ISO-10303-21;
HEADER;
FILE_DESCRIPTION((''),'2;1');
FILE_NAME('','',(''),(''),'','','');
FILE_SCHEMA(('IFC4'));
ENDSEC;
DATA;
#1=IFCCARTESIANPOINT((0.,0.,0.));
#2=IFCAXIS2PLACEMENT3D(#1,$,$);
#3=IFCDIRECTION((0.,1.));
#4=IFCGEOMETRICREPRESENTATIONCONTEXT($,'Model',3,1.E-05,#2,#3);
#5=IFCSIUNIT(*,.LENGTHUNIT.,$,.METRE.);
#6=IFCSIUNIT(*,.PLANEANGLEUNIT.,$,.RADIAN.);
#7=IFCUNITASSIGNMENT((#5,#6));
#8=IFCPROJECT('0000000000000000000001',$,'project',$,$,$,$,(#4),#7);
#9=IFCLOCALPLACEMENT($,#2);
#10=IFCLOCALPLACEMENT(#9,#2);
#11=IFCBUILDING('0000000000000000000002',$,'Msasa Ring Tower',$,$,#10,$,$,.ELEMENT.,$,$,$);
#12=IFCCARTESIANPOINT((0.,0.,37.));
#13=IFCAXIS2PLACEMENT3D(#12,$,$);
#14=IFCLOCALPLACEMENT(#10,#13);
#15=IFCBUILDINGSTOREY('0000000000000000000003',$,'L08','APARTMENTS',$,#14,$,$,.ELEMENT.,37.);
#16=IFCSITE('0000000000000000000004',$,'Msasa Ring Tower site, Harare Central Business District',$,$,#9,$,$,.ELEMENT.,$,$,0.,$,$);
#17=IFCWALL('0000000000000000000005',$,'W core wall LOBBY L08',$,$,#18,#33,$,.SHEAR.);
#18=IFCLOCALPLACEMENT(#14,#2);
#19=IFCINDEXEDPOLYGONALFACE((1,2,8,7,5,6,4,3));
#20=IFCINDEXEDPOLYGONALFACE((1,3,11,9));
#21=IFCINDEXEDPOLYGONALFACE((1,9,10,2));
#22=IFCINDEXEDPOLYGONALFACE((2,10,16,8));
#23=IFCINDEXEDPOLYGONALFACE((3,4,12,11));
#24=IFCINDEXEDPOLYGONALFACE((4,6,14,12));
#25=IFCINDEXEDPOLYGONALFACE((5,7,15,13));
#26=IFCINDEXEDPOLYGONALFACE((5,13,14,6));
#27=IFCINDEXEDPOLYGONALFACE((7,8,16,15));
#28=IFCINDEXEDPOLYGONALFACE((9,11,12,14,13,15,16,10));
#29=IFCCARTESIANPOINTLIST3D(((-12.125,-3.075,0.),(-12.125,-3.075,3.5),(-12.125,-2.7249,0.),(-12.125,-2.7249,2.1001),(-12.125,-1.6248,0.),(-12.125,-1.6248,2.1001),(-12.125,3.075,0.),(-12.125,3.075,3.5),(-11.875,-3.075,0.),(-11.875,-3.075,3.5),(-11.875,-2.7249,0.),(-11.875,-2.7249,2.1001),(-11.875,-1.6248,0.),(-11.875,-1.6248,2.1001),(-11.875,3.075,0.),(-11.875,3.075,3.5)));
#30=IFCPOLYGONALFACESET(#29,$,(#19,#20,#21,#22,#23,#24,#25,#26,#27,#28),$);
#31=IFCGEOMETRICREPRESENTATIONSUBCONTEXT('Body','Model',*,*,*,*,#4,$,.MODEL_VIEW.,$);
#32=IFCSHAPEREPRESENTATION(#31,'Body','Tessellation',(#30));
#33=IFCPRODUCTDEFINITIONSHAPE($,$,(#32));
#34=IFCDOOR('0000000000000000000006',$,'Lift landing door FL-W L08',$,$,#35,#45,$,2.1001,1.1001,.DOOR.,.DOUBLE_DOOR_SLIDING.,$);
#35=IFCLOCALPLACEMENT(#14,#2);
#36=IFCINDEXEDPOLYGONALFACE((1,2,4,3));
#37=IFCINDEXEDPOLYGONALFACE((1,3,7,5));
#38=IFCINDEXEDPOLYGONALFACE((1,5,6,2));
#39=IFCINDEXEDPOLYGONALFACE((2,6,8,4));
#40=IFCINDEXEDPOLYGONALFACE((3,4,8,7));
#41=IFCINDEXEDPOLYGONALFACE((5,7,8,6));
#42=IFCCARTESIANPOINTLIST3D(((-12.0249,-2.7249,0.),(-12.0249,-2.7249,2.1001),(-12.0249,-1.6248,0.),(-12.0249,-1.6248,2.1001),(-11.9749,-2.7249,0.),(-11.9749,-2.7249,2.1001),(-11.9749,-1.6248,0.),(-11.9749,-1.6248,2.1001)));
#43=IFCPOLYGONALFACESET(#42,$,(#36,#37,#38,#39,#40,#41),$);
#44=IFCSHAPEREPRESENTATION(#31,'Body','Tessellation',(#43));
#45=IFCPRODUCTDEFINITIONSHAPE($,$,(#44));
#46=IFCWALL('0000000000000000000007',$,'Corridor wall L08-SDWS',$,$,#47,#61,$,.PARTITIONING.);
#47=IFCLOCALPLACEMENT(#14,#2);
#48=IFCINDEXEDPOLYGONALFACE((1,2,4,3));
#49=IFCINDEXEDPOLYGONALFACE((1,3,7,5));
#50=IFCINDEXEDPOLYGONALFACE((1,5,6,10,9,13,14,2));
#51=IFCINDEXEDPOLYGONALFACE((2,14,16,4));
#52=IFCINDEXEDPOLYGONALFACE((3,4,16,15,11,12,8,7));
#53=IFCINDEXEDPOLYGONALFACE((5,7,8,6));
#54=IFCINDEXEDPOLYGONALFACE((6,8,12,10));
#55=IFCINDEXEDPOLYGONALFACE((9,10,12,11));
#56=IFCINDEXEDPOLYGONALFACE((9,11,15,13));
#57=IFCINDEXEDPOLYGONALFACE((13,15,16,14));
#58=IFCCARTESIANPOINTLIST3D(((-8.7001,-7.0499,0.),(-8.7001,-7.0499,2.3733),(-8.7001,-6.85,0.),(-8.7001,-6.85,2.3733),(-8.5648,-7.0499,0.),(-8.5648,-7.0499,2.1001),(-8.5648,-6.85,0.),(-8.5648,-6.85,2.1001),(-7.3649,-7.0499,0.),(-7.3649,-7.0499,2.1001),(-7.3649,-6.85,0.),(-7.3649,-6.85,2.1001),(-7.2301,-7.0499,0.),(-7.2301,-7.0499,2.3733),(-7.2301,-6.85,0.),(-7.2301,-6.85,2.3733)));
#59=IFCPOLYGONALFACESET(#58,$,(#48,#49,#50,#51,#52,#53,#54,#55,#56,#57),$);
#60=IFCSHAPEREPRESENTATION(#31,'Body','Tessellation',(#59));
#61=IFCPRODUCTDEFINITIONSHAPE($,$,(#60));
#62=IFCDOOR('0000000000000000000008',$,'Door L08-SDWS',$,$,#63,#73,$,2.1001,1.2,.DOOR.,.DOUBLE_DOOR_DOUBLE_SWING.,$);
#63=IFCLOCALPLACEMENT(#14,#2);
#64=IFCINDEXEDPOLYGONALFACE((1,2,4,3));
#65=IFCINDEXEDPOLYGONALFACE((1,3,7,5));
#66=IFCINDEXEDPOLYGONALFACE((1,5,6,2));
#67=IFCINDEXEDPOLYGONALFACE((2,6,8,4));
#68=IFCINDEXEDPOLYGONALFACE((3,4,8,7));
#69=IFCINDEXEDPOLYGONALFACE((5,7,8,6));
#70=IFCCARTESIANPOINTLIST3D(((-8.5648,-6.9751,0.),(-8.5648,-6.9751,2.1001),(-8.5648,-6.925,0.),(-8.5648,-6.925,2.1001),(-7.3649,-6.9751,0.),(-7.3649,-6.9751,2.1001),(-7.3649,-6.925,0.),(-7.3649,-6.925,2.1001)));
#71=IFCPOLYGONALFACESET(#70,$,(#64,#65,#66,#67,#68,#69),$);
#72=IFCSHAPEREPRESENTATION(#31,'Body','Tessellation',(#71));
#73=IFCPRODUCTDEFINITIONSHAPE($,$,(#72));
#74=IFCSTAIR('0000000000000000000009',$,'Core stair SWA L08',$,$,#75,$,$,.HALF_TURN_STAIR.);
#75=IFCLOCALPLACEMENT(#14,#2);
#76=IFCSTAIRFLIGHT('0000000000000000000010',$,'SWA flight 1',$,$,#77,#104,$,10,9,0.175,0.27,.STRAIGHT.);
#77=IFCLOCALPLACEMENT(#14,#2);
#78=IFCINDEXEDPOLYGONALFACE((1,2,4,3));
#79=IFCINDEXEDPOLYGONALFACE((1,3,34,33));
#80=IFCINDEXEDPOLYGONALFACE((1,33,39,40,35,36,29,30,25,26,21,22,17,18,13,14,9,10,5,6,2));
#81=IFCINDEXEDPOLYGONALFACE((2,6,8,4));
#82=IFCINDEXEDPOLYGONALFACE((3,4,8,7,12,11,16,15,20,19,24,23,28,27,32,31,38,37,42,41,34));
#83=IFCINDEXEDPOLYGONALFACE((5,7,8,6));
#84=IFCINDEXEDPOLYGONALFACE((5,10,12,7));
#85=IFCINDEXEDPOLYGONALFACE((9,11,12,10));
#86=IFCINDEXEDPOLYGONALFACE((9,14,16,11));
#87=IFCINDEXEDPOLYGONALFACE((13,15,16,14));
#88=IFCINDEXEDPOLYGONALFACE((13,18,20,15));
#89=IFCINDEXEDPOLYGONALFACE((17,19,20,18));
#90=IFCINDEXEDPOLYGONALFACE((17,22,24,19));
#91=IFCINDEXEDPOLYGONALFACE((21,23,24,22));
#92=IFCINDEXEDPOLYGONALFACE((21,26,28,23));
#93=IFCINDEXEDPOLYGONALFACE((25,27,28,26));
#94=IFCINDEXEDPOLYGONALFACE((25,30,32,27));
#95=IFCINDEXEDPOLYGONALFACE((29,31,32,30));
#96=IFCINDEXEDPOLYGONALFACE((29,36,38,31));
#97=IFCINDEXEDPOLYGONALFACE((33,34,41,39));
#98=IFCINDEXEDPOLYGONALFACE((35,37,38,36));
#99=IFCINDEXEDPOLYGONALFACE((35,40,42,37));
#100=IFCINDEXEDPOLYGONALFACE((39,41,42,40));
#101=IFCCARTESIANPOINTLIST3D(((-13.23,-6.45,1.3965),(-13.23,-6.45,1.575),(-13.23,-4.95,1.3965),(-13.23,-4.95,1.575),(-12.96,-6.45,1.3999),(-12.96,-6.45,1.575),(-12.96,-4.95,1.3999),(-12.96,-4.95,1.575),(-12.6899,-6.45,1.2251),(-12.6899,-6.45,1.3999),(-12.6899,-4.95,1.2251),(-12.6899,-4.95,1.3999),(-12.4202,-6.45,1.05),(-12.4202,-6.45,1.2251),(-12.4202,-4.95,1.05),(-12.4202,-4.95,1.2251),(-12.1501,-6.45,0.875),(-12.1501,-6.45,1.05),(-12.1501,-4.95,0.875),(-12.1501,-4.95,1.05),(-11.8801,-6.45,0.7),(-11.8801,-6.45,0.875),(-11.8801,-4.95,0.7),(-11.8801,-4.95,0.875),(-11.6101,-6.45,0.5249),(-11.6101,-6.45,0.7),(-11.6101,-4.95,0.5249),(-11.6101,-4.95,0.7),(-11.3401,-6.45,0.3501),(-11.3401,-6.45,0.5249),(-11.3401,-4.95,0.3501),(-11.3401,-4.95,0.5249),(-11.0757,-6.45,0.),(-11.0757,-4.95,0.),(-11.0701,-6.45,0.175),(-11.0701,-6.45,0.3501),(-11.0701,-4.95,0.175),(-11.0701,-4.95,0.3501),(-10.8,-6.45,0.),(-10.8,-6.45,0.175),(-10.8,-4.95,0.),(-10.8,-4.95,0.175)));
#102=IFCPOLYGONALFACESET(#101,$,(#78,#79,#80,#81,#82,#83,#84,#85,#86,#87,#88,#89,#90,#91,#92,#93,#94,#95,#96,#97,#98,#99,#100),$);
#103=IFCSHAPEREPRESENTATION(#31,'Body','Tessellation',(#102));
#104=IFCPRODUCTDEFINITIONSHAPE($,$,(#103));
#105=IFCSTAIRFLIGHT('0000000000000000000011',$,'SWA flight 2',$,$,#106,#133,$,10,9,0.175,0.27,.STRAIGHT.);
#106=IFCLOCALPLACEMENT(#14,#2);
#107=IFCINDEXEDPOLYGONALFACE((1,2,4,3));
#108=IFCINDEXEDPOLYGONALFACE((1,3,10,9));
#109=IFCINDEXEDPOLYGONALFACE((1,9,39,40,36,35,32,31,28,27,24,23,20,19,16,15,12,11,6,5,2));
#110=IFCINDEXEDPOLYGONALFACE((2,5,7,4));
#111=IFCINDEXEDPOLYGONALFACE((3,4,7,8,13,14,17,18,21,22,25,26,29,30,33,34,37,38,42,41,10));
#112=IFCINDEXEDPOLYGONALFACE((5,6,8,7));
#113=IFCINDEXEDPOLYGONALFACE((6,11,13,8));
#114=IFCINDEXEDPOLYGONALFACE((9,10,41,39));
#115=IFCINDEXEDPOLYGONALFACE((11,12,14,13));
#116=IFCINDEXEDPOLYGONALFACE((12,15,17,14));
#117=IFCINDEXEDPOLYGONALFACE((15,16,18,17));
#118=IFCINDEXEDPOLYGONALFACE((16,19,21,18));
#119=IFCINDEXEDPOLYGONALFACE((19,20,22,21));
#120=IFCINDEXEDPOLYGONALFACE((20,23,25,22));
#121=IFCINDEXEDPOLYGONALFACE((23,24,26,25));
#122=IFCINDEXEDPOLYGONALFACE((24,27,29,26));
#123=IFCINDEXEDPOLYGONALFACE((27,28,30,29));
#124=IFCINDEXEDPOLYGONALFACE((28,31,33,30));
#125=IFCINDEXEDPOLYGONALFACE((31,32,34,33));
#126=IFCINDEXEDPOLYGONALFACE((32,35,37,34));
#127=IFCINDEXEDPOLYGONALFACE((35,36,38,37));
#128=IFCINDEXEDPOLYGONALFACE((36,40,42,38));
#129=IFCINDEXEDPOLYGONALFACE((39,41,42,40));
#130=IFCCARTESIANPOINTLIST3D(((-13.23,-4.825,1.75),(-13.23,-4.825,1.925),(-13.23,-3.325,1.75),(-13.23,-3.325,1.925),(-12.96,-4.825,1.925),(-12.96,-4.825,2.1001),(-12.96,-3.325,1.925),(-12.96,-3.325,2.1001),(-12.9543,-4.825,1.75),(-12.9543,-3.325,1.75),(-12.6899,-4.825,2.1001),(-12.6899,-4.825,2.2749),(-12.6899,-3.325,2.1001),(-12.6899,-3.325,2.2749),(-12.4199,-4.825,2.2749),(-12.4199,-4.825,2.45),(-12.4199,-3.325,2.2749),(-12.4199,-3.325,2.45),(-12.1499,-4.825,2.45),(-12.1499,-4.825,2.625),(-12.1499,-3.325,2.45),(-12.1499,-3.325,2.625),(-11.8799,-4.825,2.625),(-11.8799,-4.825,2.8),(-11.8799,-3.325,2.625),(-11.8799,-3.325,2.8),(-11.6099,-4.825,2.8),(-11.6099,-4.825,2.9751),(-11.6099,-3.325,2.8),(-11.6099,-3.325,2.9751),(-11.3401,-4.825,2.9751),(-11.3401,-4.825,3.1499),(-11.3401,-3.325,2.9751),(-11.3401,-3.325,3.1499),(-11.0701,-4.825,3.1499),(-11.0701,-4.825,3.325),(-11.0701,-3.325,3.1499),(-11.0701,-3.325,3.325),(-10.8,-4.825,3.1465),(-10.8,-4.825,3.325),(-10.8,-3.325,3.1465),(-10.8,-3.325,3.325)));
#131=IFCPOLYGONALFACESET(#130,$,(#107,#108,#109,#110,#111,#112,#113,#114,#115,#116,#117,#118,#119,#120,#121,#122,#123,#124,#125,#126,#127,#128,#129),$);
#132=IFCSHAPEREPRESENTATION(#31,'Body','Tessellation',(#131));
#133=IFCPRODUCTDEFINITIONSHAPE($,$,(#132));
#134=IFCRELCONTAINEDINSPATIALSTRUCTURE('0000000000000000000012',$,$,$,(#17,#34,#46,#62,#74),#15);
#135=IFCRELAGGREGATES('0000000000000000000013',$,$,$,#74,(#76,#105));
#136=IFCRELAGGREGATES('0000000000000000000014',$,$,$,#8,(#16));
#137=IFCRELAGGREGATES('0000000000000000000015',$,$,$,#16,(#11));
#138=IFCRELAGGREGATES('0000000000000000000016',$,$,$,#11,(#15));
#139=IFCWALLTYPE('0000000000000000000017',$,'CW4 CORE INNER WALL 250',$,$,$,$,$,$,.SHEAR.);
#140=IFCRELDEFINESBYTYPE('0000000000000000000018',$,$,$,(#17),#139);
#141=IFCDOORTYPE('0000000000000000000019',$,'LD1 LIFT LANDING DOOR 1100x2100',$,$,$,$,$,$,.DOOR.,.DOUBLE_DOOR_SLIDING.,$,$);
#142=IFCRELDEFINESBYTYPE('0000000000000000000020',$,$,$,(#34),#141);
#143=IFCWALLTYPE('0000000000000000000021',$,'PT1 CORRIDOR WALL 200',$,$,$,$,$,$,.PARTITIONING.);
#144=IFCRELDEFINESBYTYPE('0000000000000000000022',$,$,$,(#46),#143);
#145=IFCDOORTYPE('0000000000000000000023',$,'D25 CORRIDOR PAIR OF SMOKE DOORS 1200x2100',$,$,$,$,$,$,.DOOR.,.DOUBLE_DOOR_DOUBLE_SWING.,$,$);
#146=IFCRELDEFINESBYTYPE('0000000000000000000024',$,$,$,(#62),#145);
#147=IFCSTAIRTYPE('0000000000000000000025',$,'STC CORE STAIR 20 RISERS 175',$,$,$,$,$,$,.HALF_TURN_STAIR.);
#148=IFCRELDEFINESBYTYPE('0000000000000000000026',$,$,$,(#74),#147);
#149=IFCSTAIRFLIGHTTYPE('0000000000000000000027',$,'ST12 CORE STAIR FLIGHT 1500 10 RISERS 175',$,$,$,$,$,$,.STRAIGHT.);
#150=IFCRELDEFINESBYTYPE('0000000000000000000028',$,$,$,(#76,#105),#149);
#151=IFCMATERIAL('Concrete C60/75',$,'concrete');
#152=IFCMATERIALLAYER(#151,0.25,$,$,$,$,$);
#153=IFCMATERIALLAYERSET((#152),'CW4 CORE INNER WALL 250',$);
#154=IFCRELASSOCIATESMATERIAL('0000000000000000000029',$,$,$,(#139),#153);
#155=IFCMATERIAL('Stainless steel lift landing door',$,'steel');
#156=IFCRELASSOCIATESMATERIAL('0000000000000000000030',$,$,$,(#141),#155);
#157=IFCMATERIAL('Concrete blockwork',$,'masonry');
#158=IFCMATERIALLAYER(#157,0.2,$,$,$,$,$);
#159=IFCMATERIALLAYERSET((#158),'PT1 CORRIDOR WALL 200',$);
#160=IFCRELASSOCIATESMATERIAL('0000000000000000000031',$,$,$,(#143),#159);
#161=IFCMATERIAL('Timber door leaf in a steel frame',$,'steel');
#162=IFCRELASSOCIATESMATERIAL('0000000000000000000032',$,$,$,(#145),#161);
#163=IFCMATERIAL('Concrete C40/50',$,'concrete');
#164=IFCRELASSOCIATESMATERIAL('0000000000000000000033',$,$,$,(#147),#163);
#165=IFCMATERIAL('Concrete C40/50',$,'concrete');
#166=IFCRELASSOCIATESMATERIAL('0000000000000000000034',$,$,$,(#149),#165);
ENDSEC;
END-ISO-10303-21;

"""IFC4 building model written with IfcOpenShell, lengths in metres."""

from ifc_helpers import new_model, si_unit, direction, frame, frame_2d, origin, place, context, subcontext, project, spatial, polyline, rectangle, outline, extrude, material, layer, layer_set, type_object, element, fill, aggregate, save


model = new_model("IFC4")

# Units and contexts
model_context = context("Model", 3, precision=1e-05, world=origin(), true_north=direction((0.0, 1.0)))
body_context = subcontext(model_context, "Body", "Model", "MODEL_VIEW")
ifc_project = project(units=[si_unit("LENGTHUNIT", "METRE"), si_unit("PLANEANGLEUNIT", "RADIAN")], contexts=[model_context])

# Site, building, storey
site_placement = place(None, origin())
site = spatial("IfcSite", under=ifc_project, at=site_placement, Name="Msasa Ring Tower site, Harare Central Business District", CompositionType="ELEMENT", RefElevation=0.0)
building_placement = place(site_placement, origin())
building = spatial("IfcBuilding", under=site, at=building_placement, Name="Msasa Ring Tower", CompositionType="ELEMENT")
storey_placement = place(building_placement, frame((0.0, 0.0, 37.0)))
storey = spatial("IfcBuildingStorey", under=building, at=storey_placement, Name="L08", Description="APARTMENTS", CompositionType="ELEMENT", Elevation=37.0)

# Walls, openings, doors
ifc_material_1 = material(Name="Concrete C60/75", Category="concrete")
ifc_layer_1 = layer(ifc_material_1, 0.25)
ifc_layer_set_1 = layer_set([ifc_layer_1], Name="CW4 CORE INNER WALL 250")
wall_type_1 = type_object("IfcWallType", Name="CW4 CORE INNER WALL 250", PredefinedType="SHEAR", material=ifc_layer_set_1)
wall_1_placement = place(storey_placement, frame((-12.0, -3.075, 0.0), z_axis=(0.0, 0.0, 1.0), x_axis=(0.0, 1.0, 0.0)))
wall_1 = element("IfcWall", 1, at=wall_1_placement, inside=storey, type_object=wall_type_1, Name="W core wall LOBBY L08", PredefinedType="SHEAR", context=body_context, shape_type="SweptSolid", body=[
    extrude(rectangle(XDim=6.1499, YDim=0.25, at=frame_2d((3.075, 0.0))), origin(), (0.0, 0.0, 1.0), 3.5),
])
opening_1_placement = place(wall_1_placement, frame((0.3501, 0.0, 0.0)))
opening_1 = element("IfcOpeningElement", 2, at=opening_1_placement, cuts=wall_1, PredefinedType="OPENING", context=body_context, shape_type="SweptSolid", body=[
    extrude(rectangle(XDim=1.1001, YDim=2.1001, at=frame_2d((0.55, 1.05))), frame((0.0, 0.135, 0.0), z_axis=(0.0, -1.0, 0.0), x_axis=(1.0, 0.0, 0.0)), (0.0, 0.0, 1.0), 0.27),
])
ifc_material_2 = material(Name="Stainless steel lift landing door", Category="steel")
door_type_1 = type_object("IfcDoorType", Name="LD1 LIFT LANDING DOOR 1100x2100", OperationType="DOUBLE_DOOR_SLIDING", PredefinedType="DOOR", material=ifc_material_2)
door_1_placement = place(opening_1_placement, origin())
door_1 = element("IfcDoor", 3, at=door_1_placement, inside=storey, type_object=door_type_1, Name="Lift landing door FL-W L08", OperationType="DOUBLE_DOOR_SLIDING", OverallHeight=2.1001, OverallWidth=1.1001, PredefinedType="DOOR", context=body_context, shape_type="SweptSolid", body=[
    extrude(rectangle(XDim=1.1001, YDim=2.1001, at=frame_2d((0.55, 1.05))), frame((0.0, 0.0249, 0.0), z_axis=(0.0, -1.0, 0.0), x_axis=(1.0, 0.0, 0.0)), (0.0, 0.0, 1.0), 0.05),
])
fill(opening_1, door_1)
ifc_material_3 = material(Name="Concrete blockwork", Category="masonry")
ifc_layer_2 = layer(ifc_material_3, 0.2)
ifc_layer_set_2 = layer_set([ifc_layer_2], Name="PT1 CORRIDOR WALL 200")
wall_type_2 = type_object("IfcWallType", Name="PT1 CORRIDOR WALL 200", PredefinedType="PARTITIONING", material=ifc_layer_set_2)
wall_2_placement = place(storey_placement, frame((-8.7, -6.95, 0.0), z_axis=(0.0, 0.0, 1.0), x_axis=(1.0, 0.0, 0.0)))
wall_2 = element("IfcWall", 4, at=wall_2_placement, inside=storey, type_object=wall_type_2, Name="Corridor wall L08-SDWS", PredefinedType="PARTITIONING", context=body_context, shape_type="SweptSolid", body=[
    extrude(rectangle(XDim=1.47, YDim=0.2, at=frame_2d((0.7349, 0.0))), origin(), (0.0, 0.0, 1.0), 2.3733),
])
opening_2_placement = place(wall_2_placement, frame((0.135, 0.0, 0.0)))
opening_2 = element("IfcOpeningElement", 5, at=opening_2_placement, cuts=wall_2, PredefinedType="OPENING", context=body_context, shape_type="SweptSolid", body=[
    extrude(rectangle(XDim=1.2, YDim=2.1001, at=frame_2d((0.6001, 1.05))), frame((0.0, 0.1099, 0.0), z_axis=(0.0, -1.0, 0.0), x_axis=(1.0, 0.0, 0.0)), (0.0, 0.0, 1.0), 0.22),
])
ifc_material_4 = material(Name="Timber door leaf in a steel frame", Category="steel")
door_type_2 = type_object("IfcDoorType", Name="D25 CORRIDOR PAIR OF SMOKE DOORS 1200x2100", OperationType="DOUBLE_DOOR_DOUBLE_SWING", PredefinedType="DOOR", material=ifc_material_4)
door_2_placement = place(opening_2_placement, origin())
door_2 = element("IfcDoor", 6, at=door_2_placement, inside=storey, type_object=door_type_2, Name="Door L08-SDWS", OperationType="DOUBLE_DOOR_DOUBLE_SWING", OverallHeight=2.1001, OverallWidth=1.2, PredefinedType="DOOR", context=body_context, shape_type="SweptSolid", body=[
    extrude(rectangle(XDim=1.2, YDim=2.1001, at=frame_2d((0.6001, 1.05))), frame((0.0, 0.0249, 0.0), z_axis=(0.0, -1.0, 0.0), x_axis=(1.0, 0.0, 0.0)), (0.0, 0.0, 1.0), 0.05),
])
fill(opening_2, door_2)

# Stair, stair flights
ifc_material_5 = material(Name="Concrete C40/50", Category="concrete")
stair_type = type_object("IfcStairType", Name="STC CORE STAIR 20 RISERS 175", PredefinedType="HALF_TURN_STAIR", material=ifc_material_5)
stair_placement = place(storey_placement, origin())
stair = element("IfcStair", 7, at=stair_placement, inside=storey, type_object=stair_type, Name="Core stair SWA L08", PredefinedType="HALF_TURN_STAIR")
ifc_material_6 = material(Name="Concrete C40/50", Category="concrete")
stair_flight_type = type_object("IfcStairFlightType", Name="ST12 CORE STAIR FLIGHT 1500 10 RISERS 175", PredefinedType="STRAIGHT", material=ifc_material_6)
stair_flight_1_placement = place(storey_placement, frame((-10.8, -5.7, 0.0), z_axis=(0.0, 0.0, 1.0), x_axis=(-1.0, 0.0, 0.0)))
stair_flight_1 = element("IfcStairFlight", 8, at=stair_flight_1_placement, type_object=stair_flight_type, Name="SWA flight 1", NumberOfRisers=10, NumberOfTreads=9, PredefinedType="STRAIGHT", RiserHeight=0.175, TreadLength=0.27, context=body_context, shape_type="SweptSolid", body=[
    extrude(outline(polyline([(0.0, 0.0), (0.0, 0.175), (0.27, 0.175), (0.27, 0.3501), (0.54, 0.3501), (0.54, 0.5249), (0.8101, 0.5249), (0.8101, 0.7), (1.0801, 0.7), (1.0801, 0.875), (1.3501, 0.875), (1.3501, 1.05), (1.6201, 1.05), (1.6201, 1.2251), (1.8899, 1.2251), (1.8899, 1.3999), (2.1599, 1.3999), (2.1599, 1.575), (2.4299, 1.575), (2.4299, 1.75), (2.4299, 1.3965), (0.2756, 0.0), (0.0, 0.0)])), frame((0.0, 0.75, 0.0), z_axis=(0.0, -1.0, 0.0), x_axis=(1.0, 0.0, 0.0)), (0.0, 0.0, 1.0), 1.5),
])
stair_flight_2_placement = place(storey_placement, frame((-13.23, -4.075, 1.75), z_axis=(0.0, 0.0, 1.0), x_axis=(1.0, 0.0, 0.0)))
stair_flight_2 = element("IfcStairFlight", 9, at=stair_flight_2_placement, type_object=stair_flight_type, Name="SWA flight 2", NumberOfRisers=10, NumberOfTreads=9, PredefinedType="STRAIGHT", RiserHeight=0.175, TreadLength=0.27, context=body_context, shape_type="SweptSolid", body=[
    extrude(outline(polyline([(0.0, 0.0), (0.0, 0.175), (0.27, 0.175), (0.27, 0.3501), (0.54, 0.3501), (0.54, 0.5249), (0.8101, 0.5249), (0.8101, 0.7), (1.0801, 0.7), (1.0801, 0.875), (1.3501, 0.875), (1.3501, 1.05), (1.6201, 1.05), (1.6201, 1.2251), (1.8899, 1.2251), (1.8899, 1.3999), (2.1599, 1.3999), (2.1599, 1.575), (2.4299, 1.575), (2.4299, 1.75), (2.4299, 1.3965), (0.2756, 0.0), (0.0, 0.0)])), frame((0.0, 0.75, 0.0), z_axis=(0.0, -1.0, 0.0), x_axis=(1.0, 0.0, 0.0)), (0.0, 0.0, 1.0), 1.5),
])
aggregate(stair, [stair_flight_1, stair_flight_2])

save(model, "model.ifc")
